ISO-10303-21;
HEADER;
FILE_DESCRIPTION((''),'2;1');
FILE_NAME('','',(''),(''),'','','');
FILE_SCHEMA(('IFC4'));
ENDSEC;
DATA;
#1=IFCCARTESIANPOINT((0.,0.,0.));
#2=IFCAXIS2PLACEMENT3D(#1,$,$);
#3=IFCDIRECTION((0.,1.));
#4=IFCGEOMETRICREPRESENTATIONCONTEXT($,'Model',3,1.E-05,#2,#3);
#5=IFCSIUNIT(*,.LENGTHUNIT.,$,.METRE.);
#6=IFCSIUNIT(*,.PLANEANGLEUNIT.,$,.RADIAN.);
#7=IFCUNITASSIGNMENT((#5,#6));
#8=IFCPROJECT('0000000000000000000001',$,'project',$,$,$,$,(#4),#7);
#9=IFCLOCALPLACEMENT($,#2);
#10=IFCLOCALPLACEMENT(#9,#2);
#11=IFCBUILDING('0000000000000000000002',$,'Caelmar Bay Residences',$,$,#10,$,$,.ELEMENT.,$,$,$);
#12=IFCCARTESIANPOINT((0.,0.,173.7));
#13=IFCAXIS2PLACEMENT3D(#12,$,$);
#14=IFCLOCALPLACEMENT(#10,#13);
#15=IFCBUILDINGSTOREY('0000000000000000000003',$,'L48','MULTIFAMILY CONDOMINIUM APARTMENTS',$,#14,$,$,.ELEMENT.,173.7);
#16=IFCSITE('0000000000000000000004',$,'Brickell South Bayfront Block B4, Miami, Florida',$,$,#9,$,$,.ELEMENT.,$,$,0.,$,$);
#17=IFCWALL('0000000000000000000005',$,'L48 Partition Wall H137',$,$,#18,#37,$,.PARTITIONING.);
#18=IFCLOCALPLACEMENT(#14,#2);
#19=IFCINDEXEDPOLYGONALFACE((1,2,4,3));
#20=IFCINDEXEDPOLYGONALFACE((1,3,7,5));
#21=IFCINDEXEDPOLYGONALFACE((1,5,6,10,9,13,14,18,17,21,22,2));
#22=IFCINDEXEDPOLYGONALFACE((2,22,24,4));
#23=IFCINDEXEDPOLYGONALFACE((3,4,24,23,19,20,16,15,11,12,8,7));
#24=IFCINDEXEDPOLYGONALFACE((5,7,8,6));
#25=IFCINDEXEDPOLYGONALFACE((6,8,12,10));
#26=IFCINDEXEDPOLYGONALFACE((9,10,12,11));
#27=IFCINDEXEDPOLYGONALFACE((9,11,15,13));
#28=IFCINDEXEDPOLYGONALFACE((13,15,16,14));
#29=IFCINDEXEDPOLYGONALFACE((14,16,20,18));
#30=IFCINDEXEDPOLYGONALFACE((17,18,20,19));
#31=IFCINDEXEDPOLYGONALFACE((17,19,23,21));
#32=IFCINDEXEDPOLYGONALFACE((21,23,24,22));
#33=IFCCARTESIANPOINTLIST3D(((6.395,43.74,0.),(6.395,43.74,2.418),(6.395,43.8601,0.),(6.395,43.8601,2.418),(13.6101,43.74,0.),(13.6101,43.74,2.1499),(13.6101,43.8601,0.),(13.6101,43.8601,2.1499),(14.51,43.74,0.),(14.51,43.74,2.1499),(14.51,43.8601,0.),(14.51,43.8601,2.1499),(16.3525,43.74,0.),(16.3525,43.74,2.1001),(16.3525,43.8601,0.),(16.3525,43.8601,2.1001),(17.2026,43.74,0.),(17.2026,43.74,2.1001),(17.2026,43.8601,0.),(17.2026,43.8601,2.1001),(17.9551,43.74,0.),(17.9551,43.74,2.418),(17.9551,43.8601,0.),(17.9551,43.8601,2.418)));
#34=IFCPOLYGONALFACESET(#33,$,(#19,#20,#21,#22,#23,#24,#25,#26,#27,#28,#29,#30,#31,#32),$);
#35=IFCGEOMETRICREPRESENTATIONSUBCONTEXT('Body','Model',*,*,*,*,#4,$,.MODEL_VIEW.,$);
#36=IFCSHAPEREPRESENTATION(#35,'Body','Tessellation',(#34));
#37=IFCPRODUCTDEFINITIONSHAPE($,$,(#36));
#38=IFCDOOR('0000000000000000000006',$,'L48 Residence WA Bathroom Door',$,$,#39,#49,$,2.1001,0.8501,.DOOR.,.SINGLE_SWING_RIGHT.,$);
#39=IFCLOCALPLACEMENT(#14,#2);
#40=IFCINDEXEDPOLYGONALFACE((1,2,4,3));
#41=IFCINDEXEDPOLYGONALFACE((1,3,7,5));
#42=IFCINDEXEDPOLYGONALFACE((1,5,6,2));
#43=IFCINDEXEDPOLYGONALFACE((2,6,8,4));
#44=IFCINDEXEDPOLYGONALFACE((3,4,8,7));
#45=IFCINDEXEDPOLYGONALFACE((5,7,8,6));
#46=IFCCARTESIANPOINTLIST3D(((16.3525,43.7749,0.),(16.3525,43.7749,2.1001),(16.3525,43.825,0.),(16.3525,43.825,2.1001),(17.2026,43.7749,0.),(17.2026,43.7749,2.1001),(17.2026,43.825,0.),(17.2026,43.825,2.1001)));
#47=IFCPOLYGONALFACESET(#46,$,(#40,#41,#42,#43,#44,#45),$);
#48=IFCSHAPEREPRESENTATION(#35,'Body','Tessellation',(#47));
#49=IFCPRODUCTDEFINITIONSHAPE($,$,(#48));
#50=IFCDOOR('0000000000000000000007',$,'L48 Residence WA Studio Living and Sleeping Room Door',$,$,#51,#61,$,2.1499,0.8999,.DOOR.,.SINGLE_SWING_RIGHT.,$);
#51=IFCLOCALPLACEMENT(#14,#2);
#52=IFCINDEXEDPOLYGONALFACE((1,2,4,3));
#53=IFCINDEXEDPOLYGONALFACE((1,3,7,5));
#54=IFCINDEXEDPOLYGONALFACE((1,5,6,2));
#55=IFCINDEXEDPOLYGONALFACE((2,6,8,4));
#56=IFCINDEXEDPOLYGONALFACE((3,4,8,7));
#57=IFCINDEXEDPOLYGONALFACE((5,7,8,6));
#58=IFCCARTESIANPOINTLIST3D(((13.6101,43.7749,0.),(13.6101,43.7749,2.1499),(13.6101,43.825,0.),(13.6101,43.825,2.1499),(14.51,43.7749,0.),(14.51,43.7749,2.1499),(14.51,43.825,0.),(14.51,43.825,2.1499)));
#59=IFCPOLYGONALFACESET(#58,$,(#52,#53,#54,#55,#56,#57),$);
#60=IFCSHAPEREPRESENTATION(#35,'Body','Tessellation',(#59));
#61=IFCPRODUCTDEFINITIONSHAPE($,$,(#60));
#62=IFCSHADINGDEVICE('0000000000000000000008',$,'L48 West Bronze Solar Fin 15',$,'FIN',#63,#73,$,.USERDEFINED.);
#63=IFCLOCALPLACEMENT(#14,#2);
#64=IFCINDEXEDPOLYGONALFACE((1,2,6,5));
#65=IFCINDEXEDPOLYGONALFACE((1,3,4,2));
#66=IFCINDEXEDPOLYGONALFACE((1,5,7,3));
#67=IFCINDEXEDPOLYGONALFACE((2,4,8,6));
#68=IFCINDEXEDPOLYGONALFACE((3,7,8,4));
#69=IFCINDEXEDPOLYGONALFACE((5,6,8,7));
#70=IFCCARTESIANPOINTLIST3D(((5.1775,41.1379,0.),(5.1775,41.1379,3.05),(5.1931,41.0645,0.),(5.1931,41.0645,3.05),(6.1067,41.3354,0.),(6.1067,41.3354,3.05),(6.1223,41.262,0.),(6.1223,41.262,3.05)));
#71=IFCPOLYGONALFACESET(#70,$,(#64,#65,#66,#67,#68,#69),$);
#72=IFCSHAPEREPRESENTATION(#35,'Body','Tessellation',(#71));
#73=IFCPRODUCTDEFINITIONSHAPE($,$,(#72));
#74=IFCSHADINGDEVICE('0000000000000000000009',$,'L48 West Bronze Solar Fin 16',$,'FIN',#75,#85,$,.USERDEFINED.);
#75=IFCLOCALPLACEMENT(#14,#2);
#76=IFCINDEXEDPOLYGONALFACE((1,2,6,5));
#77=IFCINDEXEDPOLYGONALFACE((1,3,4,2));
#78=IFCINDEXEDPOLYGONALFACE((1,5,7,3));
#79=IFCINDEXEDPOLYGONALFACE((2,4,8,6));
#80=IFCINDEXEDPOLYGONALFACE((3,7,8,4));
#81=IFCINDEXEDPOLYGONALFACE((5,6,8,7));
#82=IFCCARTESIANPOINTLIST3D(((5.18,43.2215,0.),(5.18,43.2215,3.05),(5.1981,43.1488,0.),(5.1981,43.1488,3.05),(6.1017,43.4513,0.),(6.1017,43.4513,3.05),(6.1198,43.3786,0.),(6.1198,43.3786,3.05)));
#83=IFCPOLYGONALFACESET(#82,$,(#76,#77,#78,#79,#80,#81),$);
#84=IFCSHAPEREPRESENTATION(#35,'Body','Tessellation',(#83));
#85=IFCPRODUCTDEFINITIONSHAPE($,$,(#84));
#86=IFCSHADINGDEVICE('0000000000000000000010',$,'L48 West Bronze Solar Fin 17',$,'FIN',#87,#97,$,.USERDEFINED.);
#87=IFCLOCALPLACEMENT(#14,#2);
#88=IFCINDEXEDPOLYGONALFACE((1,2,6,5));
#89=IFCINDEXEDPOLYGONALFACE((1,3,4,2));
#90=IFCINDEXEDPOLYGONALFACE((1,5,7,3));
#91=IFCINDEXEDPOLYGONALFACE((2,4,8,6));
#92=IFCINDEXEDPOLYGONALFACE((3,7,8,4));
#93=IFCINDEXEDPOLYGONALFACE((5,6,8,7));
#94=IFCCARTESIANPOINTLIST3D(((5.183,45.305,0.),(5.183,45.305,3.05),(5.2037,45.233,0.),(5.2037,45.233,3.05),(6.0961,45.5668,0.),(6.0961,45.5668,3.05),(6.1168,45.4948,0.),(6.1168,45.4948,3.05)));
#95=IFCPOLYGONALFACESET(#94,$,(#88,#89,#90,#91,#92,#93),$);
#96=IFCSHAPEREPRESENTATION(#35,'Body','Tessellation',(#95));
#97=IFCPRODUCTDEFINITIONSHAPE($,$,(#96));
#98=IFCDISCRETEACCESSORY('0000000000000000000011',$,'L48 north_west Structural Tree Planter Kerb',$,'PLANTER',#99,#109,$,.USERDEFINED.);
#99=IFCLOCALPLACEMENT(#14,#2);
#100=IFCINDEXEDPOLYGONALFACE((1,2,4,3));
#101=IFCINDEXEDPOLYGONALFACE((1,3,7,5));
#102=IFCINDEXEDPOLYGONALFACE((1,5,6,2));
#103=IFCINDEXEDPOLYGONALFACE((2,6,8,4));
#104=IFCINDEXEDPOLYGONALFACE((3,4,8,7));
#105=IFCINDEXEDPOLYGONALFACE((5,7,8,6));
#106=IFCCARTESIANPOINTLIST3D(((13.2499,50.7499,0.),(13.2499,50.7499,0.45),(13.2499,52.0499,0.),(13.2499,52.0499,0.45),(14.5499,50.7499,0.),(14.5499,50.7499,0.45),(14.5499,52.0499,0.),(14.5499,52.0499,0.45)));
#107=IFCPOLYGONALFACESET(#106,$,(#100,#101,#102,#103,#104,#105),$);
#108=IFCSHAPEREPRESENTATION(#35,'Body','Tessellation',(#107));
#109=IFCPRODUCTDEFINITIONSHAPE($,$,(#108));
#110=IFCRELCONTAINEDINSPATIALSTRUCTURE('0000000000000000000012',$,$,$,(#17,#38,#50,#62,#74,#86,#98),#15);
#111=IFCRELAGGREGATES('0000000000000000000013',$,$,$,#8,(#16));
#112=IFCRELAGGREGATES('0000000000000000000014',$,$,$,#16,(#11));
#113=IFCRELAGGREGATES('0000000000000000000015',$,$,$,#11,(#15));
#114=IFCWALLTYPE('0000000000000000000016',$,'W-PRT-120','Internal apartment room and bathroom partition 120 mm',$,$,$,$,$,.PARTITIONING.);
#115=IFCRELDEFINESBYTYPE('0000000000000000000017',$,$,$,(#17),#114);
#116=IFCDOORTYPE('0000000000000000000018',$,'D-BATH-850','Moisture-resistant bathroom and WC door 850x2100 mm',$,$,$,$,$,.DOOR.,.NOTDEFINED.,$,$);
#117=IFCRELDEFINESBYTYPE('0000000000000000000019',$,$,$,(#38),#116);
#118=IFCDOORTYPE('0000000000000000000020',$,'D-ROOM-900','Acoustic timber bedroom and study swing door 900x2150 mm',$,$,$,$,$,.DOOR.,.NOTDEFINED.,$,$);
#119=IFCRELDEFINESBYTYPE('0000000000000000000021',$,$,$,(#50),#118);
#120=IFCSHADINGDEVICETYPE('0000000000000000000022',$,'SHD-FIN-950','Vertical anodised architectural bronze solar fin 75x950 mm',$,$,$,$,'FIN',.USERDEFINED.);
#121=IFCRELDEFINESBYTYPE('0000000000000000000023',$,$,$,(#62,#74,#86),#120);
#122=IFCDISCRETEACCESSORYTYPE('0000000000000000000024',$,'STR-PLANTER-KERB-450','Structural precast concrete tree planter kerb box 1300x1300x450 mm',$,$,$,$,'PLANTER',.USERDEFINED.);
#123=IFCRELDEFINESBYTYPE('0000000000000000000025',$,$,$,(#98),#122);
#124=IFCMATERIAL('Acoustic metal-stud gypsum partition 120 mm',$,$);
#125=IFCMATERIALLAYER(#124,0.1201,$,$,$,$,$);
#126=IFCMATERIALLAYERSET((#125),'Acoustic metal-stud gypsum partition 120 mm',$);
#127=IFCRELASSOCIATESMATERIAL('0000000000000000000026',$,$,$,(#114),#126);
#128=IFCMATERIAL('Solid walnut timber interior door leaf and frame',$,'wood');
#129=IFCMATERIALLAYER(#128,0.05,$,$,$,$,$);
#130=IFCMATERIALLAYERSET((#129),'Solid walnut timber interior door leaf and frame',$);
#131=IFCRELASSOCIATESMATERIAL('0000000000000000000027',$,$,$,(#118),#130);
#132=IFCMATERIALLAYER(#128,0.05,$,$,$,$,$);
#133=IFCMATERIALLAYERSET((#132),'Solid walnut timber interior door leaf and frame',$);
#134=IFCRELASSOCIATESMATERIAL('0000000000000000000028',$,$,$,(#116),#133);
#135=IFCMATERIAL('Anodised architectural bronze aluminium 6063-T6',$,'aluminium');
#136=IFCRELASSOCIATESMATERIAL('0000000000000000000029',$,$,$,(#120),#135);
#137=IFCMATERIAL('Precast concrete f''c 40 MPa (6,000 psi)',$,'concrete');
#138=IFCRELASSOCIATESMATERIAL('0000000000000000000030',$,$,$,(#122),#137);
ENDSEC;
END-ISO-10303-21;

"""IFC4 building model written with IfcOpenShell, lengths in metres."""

from ifc_helpers import new_model, si_unit, direction, frame, frame_2d, origin, origin_2d, place, context, subcontext, project, spatial, rectangle, extrude, material, layer, layer_set, material_profile, profile_set, type_object, element, fill, save


model = new_model("IFC4")

# Units and contexts
model_context = context("Model", 3, precision=1e-05, world=origin(), true_north=direction((0.0, 1.0)))
body_context = subcontext(model_context, "Body", "Model", "MODEL_VIEW")
ifc_project = project(units=[si_unit("LENGTHUNIT", "METRE"), si_unit("PLANEANGLEUNIT", "RADIAN")], contexts=[model_context])

# Site, building, storey
site_placement = place(None, origin())
site = spatial("IfcSite", under=ifc_project, at=site_placement, Name="Brickell South Bayfront Block B4, Miami, Florida", CompositionType="ELEMENT", RefElevation=0.0)
building_placement = place(site_placement, origin())
building = spatial("IfcBuilding", under=site, at=building_placement, Name="Caelmar Bay Residences", CompositionType="ELEMENT")
storey_placement = place(building_placement, frame((0.0, 0.0, 173.7)))
storey = spatial("IfcBuildingStorey", under=building, at=storey_placement, Name="L48", Description="MULTIFAMILY CONDOMINIUM APARTMENTS", CompositionType="ELEMENT", Elevation=173.7)

# Shared definitions
ifc_material_1 = material(Name="Precast concrete f'c 40 MPa (6,000 psi)", Category="concrete")

# Shared definitions
ifc_material_2 = material(Name="Acoustic metal-stud gypsum partition 120 mm")
ifc_layer_1 = layer(ifc_material_2, 0.1201)
ifc_layer_set_1 = layer_set([ifc_layer_1], Name="Acoustic metal-stud gypsum partition 120 mm")
wall_type_1 = type_object("IfcWallType", Name="W-PRT-120", Description="Internal apartment room and bathroom partition 120 mm", PredefinedType="PARTITIONING", material=ifc_layer_set_1)
ifc_material_3 = material(Name="Solid walnut timber interior door leaf and frame", Category="wood")
ifc_layer_2 = layer(ifc_material_3, 0.05)
ifc_layer_set_2 = layer_set([ifc_layer_2], Name="Solid walnut timber interior door leaf and frame")
door_type_1 = type_object("IfcDoorType", Name="D-ROOM-900", Description="Acoustic timber bedroom and study swing door 900x2150 mm", OperationType="NOTDEFINED", PredefinedType="DOOR", material=ifc_layer_set_2)

# Wall, openings, doors
wall_1_placement = place(storey_placement, frame((6.395, 43.8, 0.0), z_axis=(0.0, 0.0, 1.0), x_axis=(1.0, 0.0, 0.0)))
wall_1 = element("IfcWall", 1, at=wall_1_placement, inside=storey, type_object=wall_type_1, Name="L48 Partition Wall H137", PredefinedType="PARTITIONING", context=body_context, shape_type="SweptSolid", body=[
    extrude(rectangle(XDim=11.5601, YDim=0.1201, at=frame_2d((5.78, 0.0))), origin(), (0.0, 0.0, 1.0), 2.418),
])
opening_1_placement = place(wall_1_placement, frame((7.2151, 0.0, 0.0)))
opening_1 = element("IfcOpeningElement", 2, at=opening_1_placement, cuts=wall_1, PredefinedType="OPENING", context=body_context, shape_type="SweptSolid", body=[
    extrude(rectangle(XDim=0.8999, YDim=2.1499, at=frame_2d((0.45, 1.075))), frame((0.0, 0.0701, 0.0), z_axis=(0.0, -1.0, 0.0), x_axis=(1.0, 0.0, 0.0)), (0.0, 0.0, 1.0), 0.1401),
])
opening_2_placement = place(wall_1_placement, frame((9.9575, 0.0, 0.0)))
opening_2 = element("IfcOpeningElement", 3, at=opening_2_placement, cuts=wall_1, PredefinedType="OPENING", context=body_context, shape_type="SweptSolid", body=[
    extrude(rectangle(XDim=0.8501, YDim=2.1001, at=frame_2d((0.425, 1.05))), frame((0.0, 0.0701, 0.0), z_axis=(0.0, -1.0, 0.0), x_axis=(1.0, 0.0, 0.0)), (0.0, 0.0, 1.0), 0.1401),
])
ifc_layer_3 = layer(ifc_material_3, 0.05)
ifc_layer_set_3 = layer_set([ifc_layer_3], Name="Solid walnut timber interior door leaf and frame")
door_type_2 = type_object("IfcDoorType", Name="D-BATH-850", Description="Moisture-resistant bathroom and WC door 850x2100 mm", OperationType="NOTDEFINED", PredefinedType="DOOR", material=ifc_layer_set_3)
door_1_placement = place(opening_2_placement, origin())
door_1 = element("IfcDoor", 4, at=door_1_placement, inside=storey, type_object=door_type_2, Name="L48 Residence WA Bathroom Door", OperationType="SINGLE_SWING_RIGHT", OverallHeight=2.1001, OverallWidth=0.8501, PredefinedType="DOOR", context=body_context, shape_type="SweptSolid", body=[
    extrude(rectangle(XDim=0.8501, YDim=2.1001, at=frame_2d((0.425, 1.05))), frame((0.0, 0.0249, 0.0), z_axis=(0.0, -1.0, 0.0), x_axis=(1.0, 0.0, 0.0)), (0.0, 0.0, 1.0), 0.05),
])
fill(opening_2, door_1)
door_2_placement = place(opening_1_placement, origin())
door_2 = element("IfcDoor", 5, at=door_2_placement, inside=storey, type_object=door_type_1, Name="L48 Residence WA Studio Living and Sleeping Room Door", OperationType="SINGLE_SWING_RIGHT", OverallHeight=2.1499, OverallWidth=0.8999, PredefinedType="DOOR", context=body_context, shape_type="SweptSolid", body=[
    extrude(rectangle(XDim=0.8999, YDim=2.1499, at=frame_2d((0.45, 1.075))), frame((0.0, 0.0249, 0.0), z_axis=(0.0, -1.0, 0.0), x_axis=(1.0, 0.0, 0.0)), (0.0, 0.0, 1.0), 0.05),
])
fill(opening_1, door_2)

# Shading devices
ifc_material_4 = material(Name="Anodised architectural bronze aluminium 6063-T6", Category="aluminium")
ifc_material_profile_1 = material_profile(ifc_material_4, rectangle(XDim=0.075, YDim=0.95, at=origin_2d()), Name="BRONZE-FIN-75X950")
ifc_profile_set_1 = profile_set([ifc_material_profile_1], Name="Anodised architectural bronze aluminium 6063-T6")
shading_device_type = type_object("IfcShadingDeviceType", Name="SHD-FIN-950", Description="Vertical anodised architectural bronze solar fin 75x950 mm", ElementType="FIN", PredefinedType="USERDEFINED", material=ifc_profile_set_1)
for number, where, z_axis, x_axis, name in (
    (6, (5.6499, 41.2, 0.0), (0.0, 0.0, 1.0), (-0.207912, 0.978148, 0.0), "L48 West Bronze Solar Fin 15"),
    (7, (5.6499, 43.3, 0.0), (0.0, 0.0, 1.0), (-0.241922, 0.970296, 0.0), "L48 West Bronze Solar Fin 16"),
    (8, (5.6499, 45.3999, 0.0), (0.0, 0.0, 1.0), (-0.275637, 0.961262, 0.0), "L48 West Bronze Solar Fin 17"),
):
    element("IfcShadingDevice", number, at=place(storey_placement, frame(where, z_axis=z_axis, x_axis=x_axis)), inside=storey, type_object=shading_device_type, Name=name, ObjectType="FIN", PredefinedType="USERDEFINED", context=body_context, shape_type="SweptSolid", body=[
        extrude(rectangle(XDim=0.075, YDim=0.95, at=origin_2d()), origin(), (0.0, 0.0, 1.0), 3.05),
    ])

# Discrete accessory
discrete_accessory_type = type_object("IfcDiscreteAccessoryType", Name="STR-PLANTER-KERB-450", Description="Structural precast concrete tree planter kerb box 1300x1300x450 mm", ElementType="PLANTER", PredefinedType="USERDEFINED", material=ifc_material_1)
discrete_accessory_placement = place(storey_placement, frame((13.8999, 51.3999, 0.0), z_axis=(0.0, 0.0, 1.0), x_axis=(1.0, 0.0, 0.0)))
element("IfcDiscreteAccessory", 9, at=discrete_accessory_placement, inside=storey, type_object=discrete_accessory_type, Name="L48 north_west Structural Tree Planter Kerb", ObjectType="PLANTER", PredefinedType="USERDEFINED", context=body_context, shape_type="SweptSolid", body=[
    extrude(rectangle(XDim=1.3, YDim=1.3, at=origin_2d()), origin(), (0.0, 0.0, 1.0), 0.45),
])

save(model, "model.ifc")
